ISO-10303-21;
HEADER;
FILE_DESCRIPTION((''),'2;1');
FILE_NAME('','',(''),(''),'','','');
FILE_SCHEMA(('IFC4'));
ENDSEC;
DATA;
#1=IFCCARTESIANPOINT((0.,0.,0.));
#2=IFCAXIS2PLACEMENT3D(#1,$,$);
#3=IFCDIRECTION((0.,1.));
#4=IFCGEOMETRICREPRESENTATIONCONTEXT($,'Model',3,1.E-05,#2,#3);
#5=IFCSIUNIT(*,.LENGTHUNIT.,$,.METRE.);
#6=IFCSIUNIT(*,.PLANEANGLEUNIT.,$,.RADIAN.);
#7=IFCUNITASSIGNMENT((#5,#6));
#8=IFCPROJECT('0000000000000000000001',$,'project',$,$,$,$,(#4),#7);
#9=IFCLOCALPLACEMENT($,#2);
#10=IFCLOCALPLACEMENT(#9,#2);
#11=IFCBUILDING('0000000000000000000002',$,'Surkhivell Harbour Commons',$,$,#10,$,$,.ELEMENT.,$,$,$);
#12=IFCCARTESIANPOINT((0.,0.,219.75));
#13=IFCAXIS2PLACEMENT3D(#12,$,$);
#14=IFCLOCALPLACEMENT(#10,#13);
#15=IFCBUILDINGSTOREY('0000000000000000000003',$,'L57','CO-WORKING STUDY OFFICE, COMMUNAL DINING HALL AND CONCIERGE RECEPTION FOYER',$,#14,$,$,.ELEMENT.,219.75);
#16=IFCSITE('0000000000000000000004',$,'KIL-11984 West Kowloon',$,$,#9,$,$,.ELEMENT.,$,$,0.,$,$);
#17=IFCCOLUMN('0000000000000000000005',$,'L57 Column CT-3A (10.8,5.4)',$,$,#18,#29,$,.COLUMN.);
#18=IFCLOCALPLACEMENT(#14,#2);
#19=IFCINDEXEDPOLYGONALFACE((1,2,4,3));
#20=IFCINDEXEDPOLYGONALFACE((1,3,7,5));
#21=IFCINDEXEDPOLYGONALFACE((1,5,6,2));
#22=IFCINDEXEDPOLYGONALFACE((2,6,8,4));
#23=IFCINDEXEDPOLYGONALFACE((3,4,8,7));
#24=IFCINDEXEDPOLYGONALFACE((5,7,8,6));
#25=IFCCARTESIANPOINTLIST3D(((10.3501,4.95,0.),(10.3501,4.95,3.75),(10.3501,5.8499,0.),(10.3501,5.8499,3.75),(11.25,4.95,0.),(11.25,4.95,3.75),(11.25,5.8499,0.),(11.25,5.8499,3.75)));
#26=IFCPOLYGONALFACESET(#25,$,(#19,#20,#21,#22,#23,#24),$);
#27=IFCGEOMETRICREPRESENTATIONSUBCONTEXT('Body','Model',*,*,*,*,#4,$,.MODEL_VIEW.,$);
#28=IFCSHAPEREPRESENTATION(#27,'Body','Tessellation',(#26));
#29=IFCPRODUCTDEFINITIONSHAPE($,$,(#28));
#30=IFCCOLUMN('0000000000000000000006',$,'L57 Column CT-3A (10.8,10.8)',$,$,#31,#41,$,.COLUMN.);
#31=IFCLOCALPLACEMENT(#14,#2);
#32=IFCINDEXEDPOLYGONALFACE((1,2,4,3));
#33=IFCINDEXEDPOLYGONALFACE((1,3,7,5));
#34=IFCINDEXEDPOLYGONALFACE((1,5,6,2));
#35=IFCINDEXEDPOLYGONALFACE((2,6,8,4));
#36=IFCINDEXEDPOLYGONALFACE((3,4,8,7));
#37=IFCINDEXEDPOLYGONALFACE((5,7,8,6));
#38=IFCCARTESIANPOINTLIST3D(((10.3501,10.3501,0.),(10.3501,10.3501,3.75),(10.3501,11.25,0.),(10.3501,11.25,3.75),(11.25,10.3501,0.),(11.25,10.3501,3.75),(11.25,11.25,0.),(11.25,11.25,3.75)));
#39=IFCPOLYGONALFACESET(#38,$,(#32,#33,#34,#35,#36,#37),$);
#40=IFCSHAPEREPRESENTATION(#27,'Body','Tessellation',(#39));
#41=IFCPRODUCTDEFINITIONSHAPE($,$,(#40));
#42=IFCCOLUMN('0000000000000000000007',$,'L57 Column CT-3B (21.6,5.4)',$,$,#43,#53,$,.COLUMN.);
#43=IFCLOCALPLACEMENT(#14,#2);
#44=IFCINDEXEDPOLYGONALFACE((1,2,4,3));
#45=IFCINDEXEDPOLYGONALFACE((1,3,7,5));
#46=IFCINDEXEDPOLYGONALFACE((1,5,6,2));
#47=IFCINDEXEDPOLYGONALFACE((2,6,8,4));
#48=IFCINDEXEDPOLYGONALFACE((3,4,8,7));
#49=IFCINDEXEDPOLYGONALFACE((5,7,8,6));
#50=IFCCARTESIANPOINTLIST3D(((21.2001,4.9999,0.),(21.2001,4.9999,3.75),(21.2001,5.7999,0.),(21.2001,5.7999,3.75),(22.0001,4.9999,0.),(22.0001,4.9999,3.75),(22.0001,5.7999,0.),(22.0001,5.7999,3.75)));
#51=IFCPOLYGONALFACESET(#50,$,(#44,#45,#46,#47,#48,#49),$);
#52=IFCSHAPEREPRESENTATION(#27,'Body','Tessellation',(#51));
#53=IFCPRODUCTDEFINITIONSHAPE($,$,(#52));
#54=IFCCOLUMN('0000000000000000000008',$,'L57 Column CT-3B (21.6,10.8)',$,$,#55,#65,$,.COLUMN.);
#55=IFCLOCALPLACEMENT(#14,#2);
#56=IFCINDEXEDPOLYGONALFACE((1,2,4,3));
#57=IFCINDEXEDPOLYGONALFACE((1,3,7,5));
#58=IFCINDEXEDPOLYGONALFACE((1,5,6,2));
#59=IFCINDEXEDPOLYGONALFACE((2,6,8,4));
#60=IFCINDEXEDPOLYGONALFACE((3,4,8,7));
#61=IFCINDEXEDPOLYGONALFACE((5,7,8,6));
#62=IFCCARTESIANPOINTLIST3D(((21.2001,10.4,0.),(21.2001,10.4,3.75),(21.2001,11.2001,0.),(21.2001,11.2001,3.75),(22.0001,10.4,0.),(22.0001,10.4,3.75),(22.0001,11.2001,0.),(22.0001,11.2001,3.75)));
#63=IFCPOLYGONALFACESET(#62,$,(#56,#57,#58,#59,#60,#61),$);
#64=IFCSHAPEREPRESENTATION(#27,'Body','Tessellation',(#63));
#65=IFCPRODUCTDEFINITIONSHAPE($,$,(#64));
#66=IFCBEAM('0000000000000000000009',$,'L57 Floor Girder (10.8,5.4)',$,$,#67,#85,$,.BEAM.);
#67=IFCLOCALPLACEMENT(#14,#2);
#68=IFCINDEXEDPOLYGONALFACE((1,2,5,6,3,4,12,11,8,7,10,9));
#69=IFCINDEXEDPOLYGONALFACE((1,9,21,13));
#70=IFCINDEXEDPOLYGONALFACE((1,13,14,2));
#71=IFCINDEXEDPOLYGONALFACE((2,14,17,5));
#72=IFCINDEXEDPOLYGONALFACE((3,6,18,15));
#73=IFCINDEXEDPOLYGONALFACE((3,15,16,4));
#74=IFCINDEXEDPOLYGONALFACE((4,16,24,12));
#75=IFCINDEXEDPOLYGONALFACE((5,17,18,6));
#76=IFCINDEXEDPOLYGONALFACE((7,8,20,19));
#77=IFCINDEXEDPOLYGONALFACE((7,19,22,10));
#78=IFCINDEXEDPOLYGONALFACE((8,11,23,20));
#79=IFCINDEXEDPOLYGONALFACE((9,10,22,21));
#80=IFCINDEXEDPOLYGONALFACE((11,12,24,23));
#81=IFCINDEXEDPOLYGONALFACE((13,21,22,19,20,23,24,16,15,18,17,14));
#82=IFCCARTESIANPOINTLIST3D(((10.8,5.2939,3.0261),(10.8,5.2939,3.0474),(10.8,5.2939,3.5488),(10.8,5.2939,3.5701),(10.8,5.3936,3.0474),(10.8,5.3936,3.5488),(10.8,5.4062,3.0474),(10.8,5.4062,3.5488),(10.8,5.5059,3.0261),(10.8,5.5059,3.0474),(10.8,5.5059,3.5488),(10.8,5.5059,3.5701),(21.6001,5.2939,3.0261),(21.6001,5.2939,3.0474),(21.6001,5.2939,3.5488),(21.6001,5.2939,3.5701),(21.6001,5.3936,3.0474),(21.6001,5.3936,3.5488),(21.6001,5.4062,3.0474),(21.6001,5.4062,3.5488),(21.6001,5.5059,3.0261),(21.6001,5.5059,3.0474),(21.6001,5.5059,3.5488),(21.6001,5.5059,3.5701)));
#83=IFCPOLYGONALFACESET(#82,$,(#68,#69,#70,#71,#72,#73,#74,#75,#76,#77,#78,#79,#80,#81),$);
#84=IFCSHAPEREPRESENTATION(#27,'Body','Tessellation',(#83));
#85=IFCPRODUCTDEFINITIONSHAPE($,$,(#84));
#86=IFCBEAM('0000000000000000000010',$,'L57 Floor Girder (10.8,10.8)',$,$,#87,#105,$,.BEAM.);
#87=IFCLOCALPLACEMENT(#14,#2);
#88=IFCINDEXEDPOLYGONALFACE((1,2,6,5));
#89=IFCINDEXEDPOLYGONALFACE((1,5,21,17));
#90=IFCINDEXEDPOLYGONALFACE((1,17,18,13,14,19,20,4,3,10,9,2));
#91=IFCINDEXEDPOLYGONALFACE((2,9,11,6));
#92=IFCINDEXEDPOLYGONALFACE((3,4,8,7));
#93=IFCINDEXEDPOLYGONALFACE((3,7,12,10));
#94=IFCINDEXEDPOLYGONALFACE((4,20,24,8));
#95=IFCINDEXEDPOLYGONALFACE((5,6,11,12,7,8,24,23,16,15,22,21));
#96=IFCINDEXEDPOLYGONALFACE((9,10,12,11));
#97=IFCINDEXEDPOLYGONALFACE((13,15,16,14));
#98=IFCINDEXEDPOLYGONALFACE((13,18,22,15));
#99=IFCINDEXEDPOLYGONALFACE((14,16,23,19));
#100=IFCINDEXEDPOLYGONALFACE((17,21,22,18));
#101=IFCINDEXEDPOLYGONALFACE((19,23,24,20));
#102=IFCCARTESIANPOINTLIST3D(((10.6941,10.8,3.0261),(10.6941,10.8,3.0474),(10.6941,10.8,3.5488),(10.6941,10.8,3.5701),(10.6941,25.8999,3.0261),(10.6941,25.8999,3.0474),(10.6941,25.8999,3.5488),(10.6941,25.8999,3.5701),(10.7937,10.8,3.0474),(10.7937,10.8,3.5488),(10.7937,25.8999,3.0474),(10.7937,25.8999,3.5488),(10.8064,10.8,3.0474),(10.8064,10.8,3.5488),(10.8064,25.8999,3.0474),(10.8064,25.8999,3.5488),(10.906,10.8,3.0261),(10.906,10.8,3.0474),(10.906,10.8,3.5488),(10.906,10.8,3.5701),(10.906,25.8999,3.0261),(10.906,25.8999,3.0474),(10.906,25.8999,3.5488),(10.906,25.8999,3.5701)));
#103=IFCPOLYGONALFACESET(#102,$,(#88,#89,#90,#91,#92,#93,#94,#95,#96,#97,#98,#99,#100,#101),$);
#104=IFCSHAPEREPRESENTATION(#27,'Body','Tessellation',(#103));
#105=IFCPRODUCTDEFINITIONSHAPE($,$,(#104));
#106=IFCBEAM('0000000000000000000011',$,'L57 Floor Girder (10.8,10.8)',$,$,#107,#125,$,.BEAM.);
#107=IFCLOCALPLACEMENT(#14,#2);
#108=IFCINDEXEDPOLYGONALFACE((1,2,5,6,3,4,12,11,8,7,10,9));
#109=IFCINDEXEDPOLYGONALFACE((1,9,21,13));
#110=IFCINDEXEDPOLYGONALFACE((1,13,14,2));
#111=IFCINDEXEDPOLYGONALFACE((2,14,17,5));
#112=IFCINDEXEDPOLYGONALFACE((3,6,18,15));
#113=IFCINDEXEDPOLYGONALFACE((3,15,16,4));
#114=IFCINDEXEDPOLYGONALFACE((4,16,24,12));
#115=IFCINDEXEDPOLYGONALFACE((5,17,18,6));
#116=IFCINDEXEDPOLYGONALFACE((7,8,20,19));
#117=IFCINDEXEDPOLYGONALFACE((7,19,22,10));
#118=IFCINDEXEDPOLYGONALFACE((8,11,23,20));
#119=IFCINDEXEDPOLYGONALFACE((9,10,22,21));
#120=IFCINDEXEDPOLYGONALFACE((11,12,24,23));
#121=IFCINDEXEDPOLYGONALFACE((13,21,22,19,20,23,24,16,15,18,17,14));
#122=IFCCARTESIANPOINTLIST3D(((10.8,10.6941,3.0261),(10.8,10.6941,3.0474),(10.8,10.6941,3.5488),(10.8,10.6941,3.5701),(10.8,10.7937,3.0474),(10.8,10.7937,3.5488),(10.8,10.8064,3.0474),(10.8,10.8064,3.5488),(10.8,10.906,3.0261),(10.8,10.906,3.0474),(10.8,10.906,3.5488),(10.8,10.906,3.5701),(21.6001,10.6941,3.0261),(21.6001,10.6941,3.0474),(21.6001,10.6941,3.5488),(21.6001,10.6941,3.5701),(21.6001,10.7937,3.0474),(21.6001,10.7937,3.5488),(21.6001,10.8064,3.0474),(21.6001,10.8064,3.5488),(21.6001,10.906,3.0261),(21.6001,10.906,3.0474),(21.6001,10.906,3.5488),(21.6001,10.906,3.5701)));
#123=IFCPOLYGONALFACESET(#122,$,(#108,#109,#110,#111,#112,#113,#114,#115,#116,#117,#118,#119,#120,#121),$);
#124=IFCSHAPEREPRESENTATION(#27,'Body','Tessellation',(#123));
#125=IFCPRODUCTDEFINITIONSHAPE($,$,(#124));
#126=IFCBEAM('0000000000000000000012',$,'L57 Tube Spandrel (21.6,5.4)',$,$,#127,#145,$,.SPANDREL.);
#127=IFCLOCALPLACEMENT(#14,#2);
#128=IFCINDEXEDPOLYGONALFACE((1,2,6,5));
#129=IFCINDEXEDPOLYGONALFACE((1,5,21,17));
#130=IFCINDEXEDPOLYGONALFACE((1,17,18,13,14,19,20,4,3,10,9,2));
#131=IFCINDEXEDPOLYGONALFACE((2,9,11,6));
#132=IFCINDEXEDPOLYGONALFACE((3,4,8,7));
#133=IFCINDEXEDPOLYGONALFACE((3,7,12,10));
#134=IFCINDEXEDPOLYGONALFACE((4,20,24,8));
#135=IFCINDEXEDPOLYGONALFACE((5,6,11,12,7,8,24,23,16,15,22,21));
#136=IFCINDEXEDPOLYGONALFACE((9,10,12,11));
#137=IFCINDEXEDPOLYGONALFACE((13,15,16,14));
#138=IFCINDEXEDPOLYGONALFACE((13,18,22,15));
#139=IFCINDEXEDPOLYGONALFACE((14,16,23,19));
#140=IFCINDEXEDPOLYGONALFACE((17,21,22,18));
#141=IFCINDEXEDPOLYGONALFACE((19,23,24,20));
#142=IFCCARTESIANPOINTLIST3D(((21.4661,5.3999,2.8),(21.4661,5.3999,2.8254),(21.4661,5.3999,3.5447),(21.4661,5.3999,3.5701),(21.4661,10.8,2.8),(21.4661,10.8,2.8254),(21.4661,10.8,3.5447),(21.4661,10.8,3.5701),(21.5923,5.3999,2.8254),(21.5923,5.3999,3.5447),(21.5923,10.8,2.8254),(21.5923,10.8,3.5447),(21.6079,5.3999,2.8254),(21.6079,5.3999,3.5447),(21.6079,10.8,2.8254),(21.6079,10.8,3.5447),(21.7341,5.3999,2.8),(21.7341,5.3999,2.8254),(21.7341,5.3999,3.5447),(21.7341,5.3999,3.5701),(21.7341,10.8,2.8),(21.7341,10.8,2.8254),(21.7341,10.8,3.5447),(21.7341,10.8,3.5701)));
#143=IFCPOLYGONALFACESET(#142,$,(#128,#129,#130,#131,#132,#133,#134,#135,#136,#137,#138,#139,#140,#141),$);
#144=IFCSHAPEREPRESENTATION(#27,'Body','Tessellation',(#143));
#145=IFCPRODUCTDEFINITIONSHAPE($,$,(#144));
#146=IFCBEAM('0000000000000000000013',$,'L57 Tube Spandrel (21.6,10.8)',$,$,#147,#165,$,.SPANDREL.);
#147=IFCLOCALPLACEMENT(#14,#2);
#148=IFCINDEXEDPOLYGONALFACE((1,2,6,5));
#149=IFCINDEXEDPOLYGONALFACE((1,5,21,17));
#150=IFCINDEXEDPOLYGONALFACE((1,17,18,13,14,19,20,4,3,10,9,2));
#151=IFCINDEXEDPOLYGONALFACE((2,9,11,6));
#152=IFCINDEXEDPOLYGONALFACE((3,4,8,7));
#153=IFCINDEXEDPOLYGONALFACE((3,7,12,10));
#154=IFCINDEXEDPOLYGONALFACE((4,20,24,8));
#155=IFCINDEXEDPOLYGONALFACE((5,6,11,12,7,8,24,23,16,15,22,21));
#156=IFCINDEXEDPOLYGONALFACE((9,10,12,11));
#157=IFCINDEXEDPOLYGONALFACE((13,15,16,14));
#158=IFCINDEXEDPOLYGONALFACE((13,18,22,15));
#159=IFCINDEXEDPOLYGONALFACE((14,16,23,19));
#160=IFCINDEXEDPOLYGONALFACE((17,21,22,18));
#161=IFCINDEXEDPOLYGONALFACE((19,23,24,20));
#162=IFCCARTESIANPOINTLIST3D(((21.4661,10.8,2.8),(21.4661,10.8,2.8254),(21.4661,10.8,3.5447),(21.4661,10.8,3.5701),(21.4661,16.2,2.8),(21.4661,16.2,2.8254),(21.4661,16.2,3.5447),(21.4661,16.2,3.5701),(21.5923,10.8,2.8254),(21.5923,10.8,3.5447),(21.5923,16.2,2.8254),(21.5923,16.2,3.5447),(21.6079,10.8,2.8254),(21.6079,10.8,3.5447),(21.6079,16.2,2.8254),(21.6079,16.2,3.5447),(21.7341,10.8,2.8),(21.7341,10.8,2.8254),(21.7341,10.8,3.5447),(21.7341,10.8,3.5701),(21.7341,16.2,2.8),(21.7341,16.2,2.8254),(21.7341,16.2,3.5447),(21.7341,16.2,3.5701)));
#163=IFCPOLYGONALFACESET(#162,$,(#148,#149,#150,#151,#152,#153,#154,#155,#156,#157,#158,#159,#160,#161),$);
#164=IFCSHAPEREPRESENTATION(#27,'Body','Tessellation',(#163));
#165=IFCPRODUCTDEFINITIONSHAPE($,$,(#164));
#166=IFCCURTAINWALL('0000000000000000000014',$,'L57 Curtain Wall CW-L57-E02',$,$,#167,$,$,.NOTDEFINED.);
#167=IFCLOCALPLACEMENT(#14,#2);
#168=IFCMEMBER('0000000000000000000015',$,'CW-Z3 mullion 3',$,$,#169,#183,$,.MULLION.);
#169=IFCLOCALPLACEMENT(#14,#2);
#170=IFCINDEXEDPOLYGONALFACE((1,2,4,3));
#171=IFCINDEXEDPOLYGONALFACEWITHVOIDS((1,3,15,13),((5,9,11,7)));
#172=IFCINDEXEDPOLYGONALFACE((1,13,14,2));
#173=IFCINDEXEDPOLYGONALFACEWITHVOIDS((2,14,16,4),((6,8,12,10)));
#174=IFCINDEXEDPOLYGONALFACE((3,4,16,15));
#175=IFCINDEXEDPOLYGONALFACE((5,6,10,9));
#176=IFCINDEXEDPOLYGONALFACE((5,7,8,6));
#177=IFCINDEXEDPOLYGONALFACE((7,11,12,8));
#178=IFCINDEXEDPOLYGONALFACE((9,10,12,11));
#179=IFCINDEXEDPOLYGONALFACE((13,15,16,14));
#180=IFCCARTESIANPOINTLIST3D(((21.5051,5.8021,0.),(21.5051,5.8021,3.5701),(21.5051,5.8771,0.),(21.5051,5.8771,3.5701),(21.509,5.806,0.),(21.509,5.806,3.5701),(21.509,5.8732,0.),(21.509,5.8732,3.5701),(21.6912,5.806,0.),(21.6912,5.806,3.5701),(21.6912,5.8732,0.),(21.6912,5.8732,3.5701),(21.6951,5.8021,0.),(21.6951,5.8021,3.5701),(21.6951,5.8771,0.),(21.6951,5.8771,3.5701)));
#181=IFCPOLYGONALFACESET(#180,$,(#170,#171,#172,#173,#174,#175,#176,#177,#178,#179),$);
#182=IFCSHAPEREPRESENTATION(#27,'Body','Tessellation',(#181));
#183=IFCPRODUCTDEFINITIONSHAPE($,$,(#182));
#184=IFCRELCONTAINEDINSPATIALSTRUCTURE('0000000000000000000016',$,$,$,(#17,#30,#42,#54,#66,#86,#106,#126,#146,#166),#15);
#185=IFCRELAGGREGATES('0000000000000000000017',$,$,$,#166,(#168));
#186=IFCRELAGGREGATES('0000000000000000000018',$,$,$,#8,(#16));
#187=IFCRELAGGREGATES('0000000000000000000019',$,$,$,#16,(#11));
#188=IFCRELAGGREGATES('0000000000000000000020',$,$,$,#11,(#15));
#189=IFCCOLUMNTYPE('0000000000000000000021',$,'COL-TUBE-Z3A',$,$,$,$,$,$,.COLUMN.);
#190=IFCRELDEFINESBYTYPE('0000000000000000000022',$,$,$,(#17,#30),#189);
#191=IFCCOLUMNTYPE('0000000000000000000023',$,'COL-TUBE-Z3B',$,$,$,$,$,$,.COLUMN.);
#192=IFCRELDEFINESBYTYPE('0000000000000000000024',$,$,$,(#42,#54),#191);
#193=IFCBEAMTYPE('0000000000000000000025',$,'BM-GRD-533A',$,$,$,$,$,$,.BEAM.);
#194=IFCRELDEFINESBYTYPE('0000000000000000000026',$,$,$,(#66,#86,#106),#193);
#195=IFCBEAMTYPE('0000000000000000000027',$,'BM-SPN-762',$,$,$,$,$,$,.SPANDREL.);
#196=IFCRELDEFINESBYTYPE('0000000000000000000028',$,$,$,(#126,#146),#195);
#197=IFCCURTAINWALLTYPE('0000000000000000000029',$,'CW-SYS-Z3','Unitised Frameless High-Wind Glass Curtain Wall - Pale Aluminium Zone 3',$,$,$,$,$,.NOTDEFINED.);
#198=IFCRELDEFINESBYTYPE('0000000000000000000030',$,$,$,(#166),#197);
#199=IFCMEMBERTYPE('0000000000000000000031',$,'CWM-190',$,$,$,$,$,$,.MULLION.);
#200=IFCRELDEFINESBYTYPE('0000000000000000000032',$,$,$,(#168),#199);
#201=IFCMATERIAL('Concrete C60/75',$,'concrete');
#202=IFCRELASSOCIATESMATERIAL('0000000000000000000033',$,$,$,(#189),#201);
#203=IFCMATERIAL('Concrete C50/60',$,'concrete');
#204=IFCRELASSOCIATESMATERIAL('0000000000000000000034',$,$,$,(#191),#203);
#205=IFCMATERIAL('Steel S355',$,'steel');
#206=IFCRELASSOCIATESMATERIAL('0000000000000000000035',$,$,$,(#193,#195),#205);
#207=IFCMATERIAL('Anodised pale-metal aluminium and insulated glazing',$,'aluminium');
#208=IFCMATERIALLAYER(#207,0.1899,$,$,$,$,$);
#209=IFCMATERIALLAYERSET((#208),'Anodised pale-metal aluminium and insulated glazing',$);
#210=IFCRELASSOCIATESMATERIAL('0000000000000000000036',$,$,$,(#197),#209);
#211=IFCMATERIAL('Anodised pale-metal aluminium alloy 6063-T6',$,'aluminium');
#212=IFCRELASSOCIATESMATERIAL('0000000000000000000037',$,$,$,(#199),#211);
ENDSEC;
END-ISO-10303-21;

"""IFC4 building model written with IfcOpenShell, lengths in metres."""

from ifc_helpers import new_model, si_unit, direction, frame, origin, origin_2d, place, context, subcontext, project, spatial, rectangle, hollow_rectangle, i_section, extrude, material, layer, layer_set, material_profile, profile_set, type_object, element, aggregate, save


model = new_model("IFC4")

# Units and contexts
model_context = context("Model", 3, precision=1e-05, world=origin(), true_north=direction((0.0, 1.0)))
body_context = subcontext(model_context, "Body", "Model", "MODEL_VIEW")
ifc_project = project(units=[si_unit("LENGTHUNIT", "METRE"), si_unit("PLANEANGLEUNIT", "RADIAN")], contexts=[model_context])

# Site, building, storey
site_placement = place(None, origin())
site = spatial("IfcSite", under=ifc_project, at=site_placement, Name="KIL-11984 West Kowloon", CompositionType="ELEMENT", RefElevation=0.0)
building_placement = place(site_placement, origin())
building = spatial("IfcBuilding", under=site, at=building_placement, Name="Surkhivell Harbour Commons", CompositionType="ELEMENT")
storey_placement = place(building_placement, frame((0.0, 0.0, 219.75)))
storey = spatial("IfcBuildingStorey", under=building, at=storey_placement, Name="L57", Description="CO-WORKING STUDY OFFICE, COMMUNAL DINING HALL AND CONCIERGE RECEPTION FOYER", CompositionType="ELEMENT", Elevation=219.75)

# Columns
ifc_material_1 = material(Name="Concrete C60/75", Category="concrete")
ifc_material_profile_1 = material_profile(ifc_material_1, rectangle(XDim=0.8999, YDim=0.8999, at=origin_2d()), Name="RC-COL-900x900")
ifc_profile_set_1 = profile_set([ifc_material_profile_1], Name="Concrete C60/75")
column_type_1 = type_object("IfcColumnType", Name="COL-TUBE-Z3A", PredefinedType="COLUMN", material=ifc_profile_set_1)
for number, where, z_axis, x_axis, name in (
    (1, (10.8, 5.3999, 0.0), (0.0, 0.0, 1.0), (1.0, 0.0, 0.0), "L57 Column CT-3A (10.8,5.4)"),
    (2, (10.8, 10.8, 0.0), (0.0, 0.0, 1.0), (1.0, 0.0, 0.0), "L57 Column CT-3A (10.8,10.8)"),
):
    element("IfcColumn", number, at=place(storey_placement, frame(where, z_axis=z_axis, x_axis=x_axis)), inside=storey, type_object=column_type_1, Name=name, PredefinedType="COLUMN", context=body_context, shape_type="SweptSolid", body=[
        extrude(rectangle(XDim=0.8999, YDim=0.8999, at=origin_2d()), origin(), (0.0, 0.0, 1.0), 3.75),
    ])
ifc_material_2 = material(Name="Concrete C50/60", Category="concrete")
ifc_material_profile_2 = material_profile(ifc_material_2, rectangle(XDim=0.8, YDim=0.8, at=origin_2d()), Name="RC-COL-800x800")
ifc_profile_set_2 = profile_set([ifc_material_profile_2], Name="Concrete C50/60")
column_type_2 = type_object("IfcColumnType", Name="COL-TUBE-Z3B", PredefinedType="COLUMN", material=ifc_profile_set_2)
for number, where, z_axis, x_axis, name in (
    (3, (21.6001, 5.3999, 0.0), (0.0, 0.0, 1.0), (1.0, 0.0, 0.0), "L57 Column CT-3B (21.6,5.4)"),
    (4, (21.6001, 10.8, 0.0), (0.0, 0.0, 1.0), (1.0, 0.0, 0.0), "L57 Column CT-3B (21.6,10.8)"),
):
    element("IfcColumn", number, at=place(storey_placement, frame(where, z_axis=z_axis, x_axis=x_axis)), inside=storey, type_object=column_type_2, Name=name, PredefinedType="COLUMN", context=body_context, shape_type="SweptSolid", body=[
        extrude(rectangle(XDim=0.8, YDim=0.8, at=origin_2d()), origin(), (0.0, 0.0, 1.0), 3.75),
    ])

# Beams
ifc_material_3 = material(Name="Steel S355", Category="steel")
ifc_material_profile_3 = material_profile(ifc_material_3, i_section(OverallWidth=0.2119, OverallDepth=0.5439, WebThickness=0.0127, FlangeThickness=0.0212, at=origin_2d()), Name="UB533x210x122")
ifc_profile_set_3 = profile_set([ifc_material_profile_3], Name="Steel S355")
beam_type_1 = type_object("IfcBeamType", Name="BM-GRD-533A", PredefinedType="BEAM", material=ifc_profile_set_3)
beam_1_placement = place(storey_placement, frame((10.8, 5.3999, 3.2981), z_axis=(1.0, 0.0, 0.0), x_axis=(0.0, 1.0, 0.0)))
element("IfcBeam", 5, at=beam_1_placement, inside=storey, type_object=beam_type_1, Name="L57 Floor Girder (10.8,5.4)", PredefinedType="BEAM", context=body_context, shape_type="SweptSolid", body=[
    extrude(i_section(OverallWidth=0.2119, OverallDepth=0.5439, WebThickness=0.0127, FlangeThickness=0.0212, at=origin_2d()), origin(), (0.0, 0.0, 1.0), 10.8),
])
beam_2_placement = place(storey_placement, frame((10.8, 10.8, 3.2981), z_axis=(0.0, 1.0, 0.0), x_axis=(-1.0, 0.0, 0.0)))
element("IfcBeam", 6, at=beam_2_placement, inside=storey, type_object=beam_type_1, Name="L57 Floor Girder (10.8,10.8)", PredefinedType="BEAM", context=body_context, shape_type="SweptSolid", body=[
    extrude(i_section(OverallWidth=0.2119, OverallDepth=0.5439, WebThickness=0.0127, FlangeThickness=0.0212, at=origin_2d()), origin(), (0.0, 0.0, 1.0), 15.0999),
])
beam_3_placement = place(storey_placement, frame((10.8, 10.8, 3.2981), z_axis=(1.0, 0.0, 0.0), x_axis=(0.0, 1.0, 0.0)))
element("IfcBeam", 7, at=beam_3_placement, inside=storey, type_object=beam_type_1, Name="L57 Floor Girder (10.8,10.8)", PredefinedType="BEAM", context=body_context, shape_type="SweptSolid", body=[
    extrude(i_section(OverallWidth=0.2119, OverallDepth=0.5439, WebThickness=0.0127, FlangeThickness=0.0212, at=origin_2d()), origin(), (0.0, 0.0, 1.0), 10.8),
])
ifc_material_profile_4 = material_profile(ifc_material_3, i_section(OverallWidth=0.2681, OverallDepth=0.77, WebThickness=0.0156, FlangeThickness=0.0254, at=origin_2d()), Name="UB762x267x197")
ifc_profile_set_4 = profile_set([ifc_material_profile_4], Name="Steel S355")
beam_type_2 = type_object("IfcBeamType", Name="BM-SPN-762", PredefinedType="SPANDREL", material=ifc_profile_set_4)
beam_4_placement = place(storey_placement, frame((21.6001, 5.3999, 3.1851), z_axis=(0.0, 1.0, 0.0), x_axis=(-1.0, 0.0, 0.0)))
element("IfcBeam", 8, at=beam_4_placement, inside=storey, type_object=beam_type_2, Name="L57 Tube Spandrel (21.6,5.4)", PredefinedType="SPANDREL", context=body_context, shape_type="SweptSolid", body=[
    extrude(i_section(OverallWidth=0.2681, OverallDepth=0.77, WebThickness=0.0156, FlangeThickness=0.0254, at=origin_2d()), origin(), (0.0, 0.0, 1.0), 5.4001),
])
beam_5_placement = place(storey_placement, frame((21.6001, 10.8, 3.1851), z_axis=(0.0, 1.0, 0.0), x_axis=(-1.0, 0.0, 0.0)))
element("IfcBeam", 9, at=beam_5_placement, inside=storey, type_object=beam_type_2, Name="L57 Tube Spandrel (21.6,10.8)", PredefinedType="SPANDREL", context=body_context, shape_type="SweptSolid", body=[
    extrude(i_section(OverallWidth=0.2681, OverallDepth=0.77, WebThickness=0.0156, FlangeThickness=0.0254, at=origin_2d()), origin(), (0.0, 0.0, 1.0), 5.3999),
])

# Curtain wall, member
ifc_material_4 = material(Name="Anodised pale-metal aluminium and insulated glazing", Category="aluminium")
ifc_layer_1 = layer(ifc_material_4, 0.1899)
ifc_layer_set_1 = layer_set([ifc_layer_1], Name="Anodised pale-metal aluminium and insulated glazing")
curtain_wall_type = type_object("IfcCurtainWallType", Name="CW-SYS-Z3", Description="Unitised Frameless High-Wind Glass Curtain Wall - Pale Aluminium Zone 3", PredefinedType="NOTDEFINED", material=ifc_layer_set_1)
curtain_wall_placement = place(storey_placement, origin())
curtain_wall = element("IfcCurtainWall", 10, at=curtain_wall_placement, inside=storey, type_object=curtain_wall_type, Name="L57 Curtain Wall CW-L57-E02", PredefinedType="NOTDEFINED")
ifc_material_5 = material(Name="Anodised pale-metal aluminium alloy 6063-T6", Category="aluminium")
ifc_material_profile_5 = material_profile(ifc_material_5, hollow_rectangle(XDim=0.075, YDim=0.1899, WallThickness=0.0039, at=origin_2d()), Name="ALU-MULL-75x190")
ifc_profile_set_5 = profile_set([ifc_material_profile_5], Name="Anodised pale-metal aluminium alloy 6063-T6")
member_type_1 = type_object("IfcMemberType", Name="CWM-190", PredefinedType="MULLION", material=ifc_profile_set_5)
member_1_placement = place(storey_placement, frame((21.6001, 5.8396, 0.0), z_axis=(0.0, 0.0, 1.0), x_axis=(0.0, 1.0, 0.0)))
member_1 = element("IfcMember", 11, at=member_1_placement, type_object=member_type_1, Name="CW-Z3 mullion 3", PredefinedType="MULLION", context=body_context, shape_type="SweptSolid", body=[
    extrude(hollow_rectangle(XDim=0.075, YDim=0.1899, WallThickness=0.0039, at=origin_2d()), origin(), (0.0, 0.0, 1.0), 3.5701),
])
aggregate(curtain_wall, [member_1])

save(model, "model.ifc")
